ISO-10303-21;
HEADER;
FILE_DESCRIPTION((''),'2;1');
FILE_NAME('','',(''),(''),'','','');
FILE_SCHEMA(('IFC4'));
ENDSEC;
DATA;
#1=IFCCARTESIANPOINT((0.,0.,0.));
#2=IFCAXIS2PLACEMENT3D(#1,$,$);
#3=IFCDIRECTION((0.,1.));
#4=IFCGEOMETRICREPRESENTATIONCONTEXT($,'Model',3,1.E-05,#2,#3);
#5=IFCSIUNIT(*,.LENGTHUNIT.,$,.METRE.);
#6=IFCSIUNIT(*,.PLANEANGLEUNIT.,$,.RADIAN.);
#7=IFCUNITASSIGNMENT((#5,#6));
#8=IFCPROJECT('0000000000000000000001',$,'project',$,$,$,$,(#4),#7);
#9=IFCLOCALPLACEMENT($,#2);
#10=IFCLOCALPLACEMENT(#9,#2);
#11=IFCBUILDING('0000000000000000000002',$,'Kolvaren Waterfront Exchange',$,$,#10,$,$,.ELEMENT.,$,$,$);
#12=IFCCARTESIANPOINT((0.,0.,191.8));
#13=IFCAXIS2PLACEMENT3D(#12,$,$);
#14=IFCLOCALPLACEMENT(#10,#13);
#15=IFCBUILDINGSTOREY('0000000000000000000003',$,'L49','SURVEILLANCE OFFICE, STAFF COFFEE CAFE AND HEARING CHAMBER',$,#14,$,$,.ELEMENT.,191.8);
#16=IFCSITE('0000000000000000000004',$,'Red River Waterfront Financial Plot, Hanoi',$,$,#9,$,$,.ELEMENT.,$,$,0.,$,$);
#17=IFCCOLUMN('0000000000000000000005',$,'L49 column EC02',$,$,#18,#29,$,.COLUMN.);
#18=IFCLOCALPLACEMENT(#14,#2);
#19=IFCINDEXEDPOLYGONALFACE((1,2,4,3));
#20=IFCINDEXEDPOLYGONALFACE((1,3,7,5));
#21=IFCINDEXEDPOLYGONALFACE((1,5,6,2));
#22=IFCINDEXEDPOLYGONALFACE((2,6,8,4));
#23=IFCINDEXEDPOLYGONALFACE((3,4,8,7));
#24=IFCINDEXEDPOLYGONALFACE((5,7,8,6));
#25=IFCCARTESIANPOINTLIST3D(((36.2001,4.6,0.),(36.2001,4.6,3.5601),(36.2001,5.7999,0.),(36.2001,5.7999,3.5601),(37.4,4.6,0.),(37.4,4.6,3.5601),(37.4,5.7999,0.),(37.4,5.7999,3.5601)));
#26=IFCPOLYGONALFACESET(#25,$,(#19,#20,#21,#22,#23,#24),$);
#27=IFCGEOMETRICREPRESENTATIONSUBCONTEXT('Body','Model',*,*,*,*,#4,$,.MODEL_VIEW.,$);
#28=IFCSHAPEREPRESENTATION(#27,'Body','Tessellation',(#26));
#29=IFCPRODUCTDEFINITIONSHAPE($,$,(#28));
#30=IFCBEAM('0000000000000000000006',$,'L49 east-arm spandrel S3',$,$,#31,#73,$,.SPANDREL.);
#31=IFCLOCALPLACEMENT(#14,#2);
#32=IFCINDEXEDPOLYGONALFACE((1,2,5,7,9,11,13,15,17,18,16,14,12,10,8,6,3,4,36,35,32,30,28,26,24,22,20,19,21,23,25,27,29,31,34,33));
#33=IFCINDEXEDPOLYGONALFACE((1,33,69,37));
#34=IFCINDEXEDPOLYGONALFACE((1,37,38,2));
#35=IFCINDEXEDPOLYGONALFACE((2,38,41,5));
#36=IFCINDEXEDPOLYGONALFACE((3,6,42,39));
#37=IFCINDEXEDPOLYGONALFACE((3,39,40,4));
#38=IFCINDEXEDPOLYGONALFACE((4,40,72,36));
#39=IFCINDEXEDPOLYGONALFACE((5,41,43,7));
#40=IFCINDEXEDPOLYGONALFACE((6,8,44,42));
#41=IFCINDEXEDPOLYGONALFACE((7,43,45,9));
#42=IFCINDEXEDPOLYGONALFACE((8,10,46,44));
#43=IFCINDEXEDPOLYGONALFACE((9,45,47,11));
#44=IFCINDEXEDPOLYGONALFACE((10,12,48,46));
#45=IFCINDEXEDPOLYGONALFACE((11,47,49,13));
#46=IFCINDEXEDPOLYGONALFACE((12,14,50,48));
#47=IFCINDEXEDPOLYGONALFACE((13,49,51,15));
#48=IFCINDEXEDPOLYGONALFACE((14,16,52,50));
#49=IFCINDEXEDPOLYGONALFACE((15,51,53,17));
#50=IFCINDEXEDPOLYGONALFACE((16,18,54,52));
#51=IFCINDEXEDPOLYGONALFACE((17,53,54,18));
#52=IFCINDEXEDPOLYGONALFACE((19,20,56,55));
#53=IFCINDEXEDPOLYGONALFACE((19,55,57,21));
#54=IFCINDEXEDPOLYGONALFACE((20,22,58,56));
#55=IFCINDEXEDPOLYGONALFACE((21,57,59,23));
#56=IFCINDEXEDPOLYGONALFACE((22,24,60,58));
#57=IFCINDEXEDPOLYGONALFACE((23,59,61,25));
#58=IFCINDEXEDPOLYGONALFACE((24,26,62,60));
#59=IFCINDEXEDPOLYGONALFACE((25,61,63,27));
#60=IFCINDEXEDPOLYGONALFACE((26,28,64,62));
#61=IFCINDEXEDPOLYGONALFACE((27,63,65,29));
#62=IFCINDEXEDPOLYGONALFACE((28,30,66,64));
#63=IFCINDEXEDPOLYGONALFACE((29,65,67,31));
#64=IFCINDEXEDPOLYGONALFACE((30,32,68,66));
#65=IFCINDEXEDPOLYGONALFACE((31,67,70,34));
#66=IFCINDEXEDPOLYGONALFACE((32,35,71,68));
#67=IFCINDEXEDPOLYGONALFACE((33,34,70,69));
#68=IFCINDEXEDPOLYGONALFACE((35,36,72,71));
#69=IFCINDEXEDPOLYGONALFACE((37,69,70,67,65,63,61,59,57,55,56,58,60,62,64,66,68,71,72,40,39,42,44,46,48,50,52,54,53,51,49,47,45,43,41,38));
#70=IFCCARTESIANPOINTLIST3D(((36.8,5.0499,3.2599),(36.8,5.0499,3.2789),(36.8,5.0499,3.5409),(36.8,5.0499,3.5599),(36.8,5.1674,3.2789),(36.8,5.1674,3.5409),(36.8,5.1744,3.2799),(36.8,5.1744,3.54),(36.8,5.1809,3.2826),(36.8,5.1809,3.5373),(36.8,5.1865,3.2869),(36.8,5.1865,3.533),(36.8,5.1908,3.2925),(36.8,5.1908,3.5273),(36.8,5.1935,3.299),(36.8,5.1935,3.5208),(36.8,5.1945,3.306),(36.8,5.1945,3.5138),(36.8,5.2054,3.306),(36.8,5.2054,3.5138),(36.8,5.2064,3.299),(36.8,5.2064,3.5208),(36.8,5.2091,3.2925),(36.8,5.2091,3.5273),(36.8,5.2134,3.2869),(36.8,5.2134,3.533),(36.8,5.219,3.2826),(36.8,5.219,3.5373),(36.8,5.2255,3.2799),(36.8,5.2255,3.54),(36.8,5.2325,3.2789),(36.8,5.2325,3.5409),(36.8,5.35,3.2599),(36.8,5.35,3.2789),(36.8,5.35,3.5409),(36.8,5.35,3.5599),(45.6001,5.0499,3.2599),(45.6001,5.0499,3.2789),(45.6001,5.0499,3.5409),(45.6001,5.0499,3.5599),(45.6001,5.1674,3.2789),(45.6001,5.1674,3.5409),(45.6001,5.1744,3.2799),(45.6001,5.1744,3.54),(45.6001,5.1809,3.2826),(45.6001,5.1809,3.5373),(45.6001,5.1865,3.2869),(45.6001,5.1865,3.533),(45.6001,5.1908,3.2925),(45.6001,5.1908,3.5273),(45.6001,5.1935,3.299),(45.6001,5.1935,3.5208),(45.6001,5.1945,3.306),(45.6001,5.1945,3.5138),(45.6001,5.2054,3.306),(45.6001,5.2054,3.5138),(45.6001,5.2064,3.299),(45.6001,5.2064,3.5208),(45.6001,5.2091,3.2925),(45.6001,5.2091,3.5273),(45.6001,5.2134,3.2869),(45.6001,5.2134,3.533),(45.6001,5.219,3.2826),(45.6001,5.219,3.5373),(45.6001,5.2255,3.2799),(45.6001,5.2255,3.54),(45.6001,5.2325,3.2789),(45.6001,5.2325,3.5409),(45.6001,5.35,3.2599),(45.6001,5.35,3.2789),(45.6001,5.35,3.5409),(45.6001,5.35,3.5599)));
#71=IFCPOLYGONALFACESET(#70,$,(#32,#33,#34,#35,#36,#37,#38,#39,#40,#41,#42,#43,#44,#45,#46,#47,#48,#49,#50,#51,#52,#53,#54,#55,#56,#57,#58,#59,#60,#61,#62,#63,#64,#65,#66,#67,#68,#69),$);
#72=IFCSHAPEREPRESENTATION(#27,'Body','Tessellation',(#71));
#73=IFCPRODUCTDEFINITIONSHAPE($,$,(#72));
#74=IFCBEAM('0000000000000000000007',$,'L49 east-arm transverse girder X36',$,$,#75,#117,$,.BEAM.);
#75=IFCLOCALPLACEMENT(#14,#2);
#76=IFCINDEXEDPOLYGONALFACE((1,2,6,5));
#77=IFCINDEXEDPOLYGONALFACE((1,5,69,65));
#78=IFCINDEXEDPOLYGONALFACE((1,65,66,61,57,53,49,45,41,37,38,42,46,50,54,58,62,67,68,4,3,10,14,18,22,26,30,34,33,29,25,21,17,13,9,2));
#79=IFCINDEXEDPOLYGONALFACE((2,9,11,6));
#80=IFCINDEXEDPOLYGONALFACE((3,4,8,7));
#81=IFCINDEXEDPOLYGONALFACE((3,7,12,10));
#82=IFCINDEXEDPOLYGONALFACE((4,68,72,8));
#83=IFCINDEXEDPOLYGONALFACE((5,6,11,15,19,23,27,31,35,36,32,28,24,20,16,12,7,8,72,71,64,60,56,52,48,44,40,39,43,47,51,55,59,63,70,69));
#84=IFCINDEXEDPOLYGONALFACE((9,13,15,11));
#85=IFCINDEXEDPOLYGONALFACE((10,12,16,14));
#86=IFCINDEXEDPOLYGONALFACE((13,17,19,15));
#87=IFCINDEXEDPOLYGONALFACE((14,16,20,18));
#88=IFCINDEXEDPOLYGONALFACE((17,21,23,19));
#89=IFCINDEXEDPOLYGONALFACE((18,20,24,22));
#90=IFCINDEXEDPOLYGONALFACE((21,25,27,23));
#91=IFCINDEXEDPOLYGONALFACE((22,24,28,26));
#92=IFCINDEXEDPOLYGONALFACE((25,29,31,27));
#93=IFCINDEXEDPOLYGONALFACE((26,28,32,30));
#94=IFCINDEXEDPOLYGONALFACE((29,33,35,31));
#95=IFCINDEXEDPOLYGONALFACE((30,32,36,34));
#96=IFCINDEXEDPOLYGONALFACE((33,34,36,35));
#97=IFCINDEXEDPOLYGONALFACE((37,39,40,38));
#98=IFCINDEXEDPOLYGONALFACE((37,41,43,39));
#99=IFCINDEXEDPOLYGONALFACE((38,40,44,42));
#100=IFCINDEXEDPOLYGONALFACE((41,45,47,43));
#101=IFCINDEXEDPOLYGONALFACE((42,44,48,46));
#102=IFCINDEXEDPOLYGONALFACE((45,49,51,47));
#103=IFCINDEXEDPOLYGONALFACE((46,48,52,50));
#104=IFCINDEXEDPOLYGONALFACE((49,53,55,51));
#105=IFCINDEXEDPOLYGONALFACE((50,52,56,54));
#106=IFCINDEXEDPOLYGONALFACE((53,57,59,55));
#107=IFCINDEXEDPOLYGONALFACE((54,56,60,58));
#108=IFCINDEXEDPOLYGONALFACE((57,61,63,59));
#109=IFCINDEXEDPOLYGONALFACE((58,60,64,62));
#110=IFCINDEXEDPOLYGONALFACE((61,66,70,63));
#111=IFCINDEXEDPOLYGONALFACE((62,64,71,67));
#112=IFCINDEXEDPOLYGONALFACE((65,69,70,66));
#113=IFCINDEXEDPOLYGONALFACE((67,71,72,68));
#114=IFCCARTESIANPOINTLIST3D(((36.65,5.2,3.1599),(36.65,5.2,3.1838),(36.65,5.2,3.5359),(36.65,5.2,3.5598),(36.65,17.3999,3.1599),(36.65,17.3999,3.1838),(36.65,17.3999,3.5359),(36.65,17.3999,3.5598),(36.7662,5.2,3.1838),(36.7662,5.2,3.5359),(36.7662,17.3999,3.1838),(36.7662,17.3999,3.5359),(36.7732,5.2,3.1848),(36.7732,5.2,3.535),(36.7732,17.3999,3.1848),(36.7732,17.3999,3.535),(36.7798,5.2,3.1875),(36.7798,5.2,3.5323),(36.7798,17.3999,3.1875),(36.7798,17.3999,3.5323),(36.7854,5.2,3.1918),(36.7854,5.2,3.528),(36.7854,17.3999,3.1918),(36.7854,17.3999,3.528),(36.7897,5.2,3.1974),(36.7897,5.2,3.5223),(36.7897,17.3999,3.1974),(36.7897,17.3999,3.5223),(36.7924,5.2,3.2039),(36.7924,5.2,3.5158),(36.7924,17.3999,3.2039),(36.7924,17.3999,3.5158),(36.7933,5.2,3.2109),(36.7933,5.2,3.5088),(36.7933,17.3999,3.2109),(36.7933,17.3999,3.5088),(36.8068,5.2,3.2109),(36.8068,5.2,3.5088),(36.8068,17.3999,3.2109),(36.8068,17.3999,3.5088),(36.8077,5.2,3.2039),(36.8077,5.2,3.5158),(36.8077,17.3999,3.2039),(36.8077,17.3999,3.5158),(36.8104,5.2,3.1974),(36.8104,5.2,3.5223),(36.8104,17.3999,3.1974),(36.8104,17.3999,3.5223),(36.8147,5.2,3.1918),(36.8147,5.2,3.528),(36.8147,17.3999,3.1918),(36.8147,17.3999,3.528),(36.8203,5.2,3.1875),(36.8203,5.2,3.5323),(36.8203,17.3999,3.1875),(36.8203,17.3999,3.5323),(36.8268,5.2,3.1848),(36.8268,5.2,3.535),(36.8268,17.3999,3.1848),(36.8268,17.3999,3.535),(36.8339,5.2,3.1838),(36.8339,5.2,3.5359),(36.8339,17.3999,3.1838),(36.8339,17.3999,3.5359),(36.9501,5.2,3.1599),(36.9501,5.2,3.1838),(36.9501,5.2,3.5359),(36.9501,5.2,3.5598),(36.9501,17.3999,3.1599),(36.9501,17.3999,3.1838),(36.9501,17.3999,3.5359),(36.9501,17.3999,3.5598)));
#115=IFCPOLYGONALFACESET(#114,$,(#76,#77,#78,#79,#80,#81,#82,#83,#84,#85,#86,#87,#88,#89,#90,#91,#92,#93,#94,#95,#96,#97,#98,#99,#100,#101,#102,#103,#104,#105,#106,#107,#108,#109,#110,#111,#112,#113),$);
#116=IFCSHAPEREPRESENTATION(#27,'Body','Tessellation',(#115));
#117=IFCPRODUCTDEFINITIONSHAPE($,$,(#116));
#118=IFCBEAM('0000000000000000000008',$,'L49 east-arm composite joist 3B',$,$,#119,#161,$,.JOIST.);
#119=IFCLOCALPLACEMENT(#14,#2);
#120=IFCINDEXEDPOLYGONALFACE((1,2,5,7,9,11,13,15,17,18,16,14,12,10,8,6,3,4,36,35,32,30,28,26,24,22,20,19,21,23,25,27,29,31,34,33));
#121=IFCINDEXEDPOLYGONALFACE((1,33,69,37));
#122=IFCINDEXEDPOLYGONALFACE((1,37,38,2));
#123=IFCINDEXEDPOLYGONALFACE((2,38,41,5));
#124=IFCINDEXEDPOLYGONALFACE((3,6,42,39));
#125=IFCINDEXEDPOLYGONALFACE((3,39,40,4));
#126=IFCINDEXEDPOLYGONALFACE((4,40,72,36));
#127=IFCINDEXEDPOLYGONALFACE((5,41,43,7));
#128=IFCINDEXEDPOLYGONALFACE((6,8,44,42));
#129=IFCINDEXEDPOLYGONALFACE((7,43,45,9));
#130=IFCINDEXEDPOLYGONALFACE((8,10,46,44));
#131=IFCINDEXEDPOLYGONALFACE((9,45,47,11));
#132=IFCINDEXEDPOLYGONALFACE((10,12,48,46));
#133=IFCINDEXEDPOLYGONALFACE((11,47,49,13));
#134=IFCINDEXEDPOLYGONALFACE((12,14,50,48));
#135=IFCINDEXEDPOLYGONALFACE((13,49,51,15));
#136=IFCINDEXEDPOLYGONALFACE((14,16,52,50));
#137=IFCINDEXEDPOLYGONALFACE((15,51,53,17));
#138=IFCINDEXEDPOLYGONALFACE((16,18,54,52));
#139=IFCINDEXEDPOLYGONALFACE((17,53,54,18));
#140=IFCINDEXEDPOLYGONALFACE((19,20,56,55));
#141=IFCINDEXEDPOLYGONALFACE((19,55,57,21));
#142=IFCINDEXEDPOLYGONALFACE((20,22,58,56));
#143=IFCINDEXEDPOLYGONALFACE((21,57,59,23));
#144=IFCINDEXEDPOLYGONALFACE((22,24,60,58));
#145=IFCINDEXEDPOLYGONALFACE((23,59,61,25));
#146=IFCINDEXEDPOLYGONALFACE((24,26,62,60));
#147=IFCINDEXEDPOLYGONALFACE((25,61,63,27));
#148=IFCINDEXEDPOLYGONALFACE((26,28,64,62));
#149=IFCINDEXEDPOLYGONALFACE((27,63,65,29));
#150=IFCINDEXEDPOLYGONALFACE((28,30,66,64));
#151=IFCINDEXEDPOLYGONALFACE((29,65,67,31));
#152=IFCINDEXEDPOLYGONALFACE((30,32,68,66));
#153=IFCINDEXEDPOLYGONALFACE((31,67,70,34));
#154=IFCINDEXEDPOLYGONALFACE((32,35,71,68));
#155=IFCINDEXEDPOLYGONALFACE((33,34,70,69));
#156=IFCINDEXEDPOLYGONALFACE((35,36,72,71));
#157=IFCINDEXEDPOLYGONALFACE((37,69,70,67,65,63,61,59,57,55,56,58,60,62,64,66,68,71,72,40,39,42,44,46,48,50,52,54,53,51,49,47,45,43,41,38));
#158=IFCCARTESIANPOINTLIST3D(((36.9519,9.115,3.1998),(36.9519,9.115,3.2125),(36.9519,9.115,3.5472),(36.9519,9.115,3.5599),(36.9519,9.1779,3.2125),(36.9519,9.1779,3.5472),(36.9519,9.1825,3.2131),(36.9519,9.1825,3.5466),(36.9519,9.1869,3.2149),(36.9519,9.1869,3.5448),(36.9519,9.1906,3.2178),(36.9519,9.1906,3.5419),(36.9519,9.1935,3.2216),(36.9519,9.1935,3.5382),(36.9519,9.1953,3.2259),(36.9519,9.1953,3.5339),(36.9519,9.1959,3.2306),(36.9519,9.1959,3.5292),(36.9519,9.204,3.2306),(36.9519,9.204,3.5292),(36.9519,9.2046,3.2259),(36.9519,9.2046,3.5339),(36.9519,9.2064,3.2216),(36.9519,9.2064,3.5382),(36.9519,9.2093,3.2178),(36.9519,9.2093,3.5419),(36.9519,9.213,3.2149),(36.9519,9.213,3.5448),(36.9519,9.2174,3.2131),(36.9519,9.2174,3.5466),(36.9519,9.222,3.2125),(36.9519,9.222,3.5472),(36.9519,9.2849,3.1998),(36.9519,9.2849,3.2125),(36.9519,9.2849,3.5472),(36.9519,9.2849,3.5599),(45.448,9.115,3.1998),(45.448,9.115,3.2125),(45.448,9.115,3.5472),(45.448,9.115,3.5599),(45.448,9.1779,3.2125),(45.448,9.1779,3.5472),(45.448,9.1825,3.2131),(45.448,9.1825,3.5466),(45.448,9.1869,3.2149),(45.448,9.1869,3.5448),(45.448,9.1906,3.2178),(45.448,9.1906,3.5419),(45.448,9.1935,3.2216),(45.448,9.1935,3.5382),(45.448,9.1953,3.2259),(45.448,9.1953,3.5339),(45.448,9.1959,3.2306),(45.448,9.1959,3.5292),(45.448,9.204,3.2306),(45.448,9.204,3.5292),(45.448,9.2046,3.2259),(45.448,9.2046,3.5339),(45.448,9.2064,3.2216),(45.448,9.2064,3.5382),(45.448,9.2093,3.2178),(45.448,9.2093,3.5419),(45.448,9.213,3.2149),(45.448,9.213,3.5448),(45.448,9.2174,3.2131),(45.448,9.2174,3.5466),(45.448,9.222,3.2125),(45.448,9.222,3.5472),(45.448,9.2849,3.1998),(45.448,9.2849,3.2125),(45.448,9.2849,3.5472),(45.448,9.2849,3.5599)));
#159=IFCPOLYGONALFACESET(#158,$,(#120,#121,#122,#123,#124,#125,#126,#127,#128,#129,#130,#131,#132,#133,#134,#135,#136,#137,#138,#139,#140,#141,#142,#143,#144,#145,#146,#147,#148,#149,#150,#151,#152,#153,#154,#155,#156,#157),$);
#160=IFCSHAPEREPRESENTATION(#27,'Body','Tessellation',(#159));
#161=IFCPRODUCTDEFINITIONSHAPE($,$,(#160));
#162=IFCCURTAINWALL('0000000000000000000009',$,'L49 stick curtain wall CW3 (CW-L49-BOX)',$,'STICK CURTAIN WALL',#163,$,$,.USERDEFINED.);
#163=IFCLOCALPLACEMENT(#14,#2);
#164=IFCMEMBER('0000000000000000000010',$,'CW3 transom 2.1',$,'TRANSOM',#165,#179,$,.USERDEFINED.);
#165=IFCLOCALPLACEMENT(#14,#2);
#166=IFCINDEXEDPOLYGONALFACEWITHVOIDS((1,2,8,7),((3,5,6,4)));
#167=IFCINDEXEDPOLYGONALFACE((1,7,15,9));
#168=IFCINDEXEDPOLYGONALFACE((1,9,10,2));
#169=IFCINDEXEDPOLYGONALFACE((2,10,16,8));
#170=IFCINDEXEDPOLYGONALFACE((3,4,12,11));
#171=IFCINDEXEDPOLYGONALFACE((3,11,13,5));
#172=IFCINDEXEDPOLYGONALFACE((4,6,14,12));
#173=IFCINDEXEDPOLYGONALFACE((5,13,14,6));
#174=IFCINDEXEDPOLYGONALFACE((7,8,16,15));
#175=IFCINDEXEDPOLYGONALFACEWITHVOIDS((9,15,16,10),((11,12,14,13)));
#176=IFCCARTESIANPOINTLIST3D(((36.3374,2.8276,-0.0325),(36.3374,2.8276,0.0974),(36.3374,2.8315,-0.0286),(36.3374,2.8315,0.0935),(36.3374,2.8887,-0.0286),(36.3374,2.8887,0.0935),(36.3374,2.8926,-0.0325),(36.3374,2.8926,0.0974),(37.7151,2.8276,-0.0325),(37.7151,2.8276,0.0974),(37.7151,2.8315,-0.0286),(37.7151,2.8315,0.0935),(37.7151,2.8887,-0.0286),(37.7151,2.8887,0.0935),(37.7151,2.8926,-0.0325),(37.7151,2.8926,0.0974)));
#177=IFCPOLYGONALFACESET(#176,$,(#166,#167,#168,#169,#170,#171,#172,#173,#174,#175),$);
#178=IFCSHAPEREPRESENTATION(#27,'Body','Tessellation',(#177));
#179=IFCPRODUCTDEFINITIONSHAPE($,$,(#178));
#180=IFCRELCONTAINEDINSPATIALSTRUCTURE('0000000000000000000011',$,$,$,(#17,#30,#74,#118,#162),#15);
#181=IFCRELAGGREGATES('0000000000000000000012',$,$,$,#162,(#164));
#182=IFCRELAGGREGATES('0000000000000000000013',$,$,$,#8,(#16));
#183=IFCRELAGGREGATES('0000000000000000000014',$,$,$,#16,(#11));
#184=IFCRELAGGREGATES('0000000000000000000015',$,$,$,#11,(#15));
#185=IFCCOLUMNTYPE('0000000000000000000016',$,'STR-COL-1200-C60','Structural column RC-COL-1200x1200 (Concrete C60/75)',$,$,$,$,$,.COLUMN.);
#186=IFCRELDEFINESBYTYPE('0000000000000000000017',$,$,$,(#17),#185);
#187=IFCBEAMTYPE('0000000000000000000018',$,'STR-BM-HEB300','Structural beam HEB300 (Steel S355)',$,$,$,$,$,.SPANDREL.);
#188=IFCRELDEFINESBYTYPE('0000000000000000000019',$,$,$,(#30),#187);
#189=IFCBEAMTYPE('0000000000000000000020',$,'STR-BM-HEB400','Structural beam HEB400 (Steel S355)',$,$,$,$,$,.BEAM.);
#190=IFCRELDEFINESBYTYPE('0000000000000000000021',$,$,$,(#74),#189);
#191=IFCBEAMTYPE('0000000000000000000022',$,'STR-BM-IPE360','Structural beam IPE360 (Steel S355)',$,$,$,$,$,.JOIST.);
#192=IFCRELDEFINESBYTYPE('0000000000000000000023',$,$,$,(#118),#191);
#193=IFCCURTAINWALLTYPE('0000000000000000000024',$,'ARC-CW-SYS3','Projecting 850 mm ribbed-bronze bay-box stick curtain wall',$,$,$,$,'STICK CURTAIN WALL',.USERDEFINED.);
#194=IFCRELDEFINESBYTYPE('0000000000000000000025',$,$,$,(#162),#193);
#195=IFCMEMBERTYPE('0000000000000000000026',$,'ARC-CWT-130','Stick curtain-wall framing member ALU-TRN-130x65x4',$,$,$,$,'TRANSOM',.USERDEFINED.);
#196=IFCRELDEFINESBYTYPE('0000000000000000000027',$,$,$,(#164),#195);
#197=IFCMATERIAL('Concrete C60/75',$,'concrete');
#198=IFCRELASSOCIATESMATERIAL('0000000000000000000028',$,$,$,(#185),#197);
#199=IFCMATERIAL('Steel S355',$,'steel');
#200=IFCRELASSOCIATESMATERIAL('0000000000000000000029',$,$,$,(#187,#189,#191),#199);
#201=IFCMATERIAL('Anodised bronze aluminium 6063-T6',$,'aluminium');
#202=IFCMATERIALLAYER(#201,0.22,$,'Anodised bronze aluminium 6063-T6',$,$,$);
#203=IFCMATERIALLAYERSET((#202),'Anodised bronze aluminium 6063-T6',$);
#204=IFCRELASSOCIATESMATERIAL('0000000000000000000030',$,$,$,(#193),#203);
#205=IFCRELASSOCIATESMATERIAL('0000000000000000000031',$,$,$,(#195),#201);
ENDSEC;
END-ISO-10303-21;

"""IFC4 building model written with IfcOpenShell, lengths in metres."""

from ifc_helpers import new_model, si_unit, direction, frame, origin, origin_with_axes, origin_2d, place, context, subcontext, project, spatial, rectangle, hollow_rectangle, i_section, extrude, source, transform, mapped, material, layer, layer_set, material_profile, profile_set, type_object, element, aggregate, save


model = new_model("IFC4")

# Units and contexts
model_context = context("Model", 3, precision=1e-05, world=origin(), true_north=direction((0.0, 1.0)))
body_context = subcontext(model_context, "Body", "Model", "MODEL_VIEW")
ifc_project = project(units=[si_unit("LENGTHUNIT", "METRE"), si_unit("PLANEANGLEUNIT", "RADIAN")], contexts=[model_context])

# Site, building, storey
site_placement = place(None, origin())
site = spatial("IfcSite", under=ifc_project, at=site_placement, Name="Red River Waterfront Financial Plot, Hanoi", CompositionType="ELEMENT", RefElevation=0.0)
building_placement = place(site_placement, origin())
building = spatial("IfcBuilding", under=site, at=building_placement, Name="Kolvaren Waterfront Exchange", CompositionType="ELEMENT")
storey_placement = place(building_placement, frame((0.0, 0.0, 191.8)))
storey = spatial("IfcBuildingStorey", under=building, at=storey_placement, Name="L49", Description="SURVEILLANCE OFFICE, STAFF COFFEE CAFE AND HEARING CHAMBER", CompositionType="ELEMENT", Elevation=191.8)

# Column
ifc_material_1 = material(Name="Concrete C60/75", Category="concrete")
ifc_material_profile_1 = material_profile(ifc_material_1, rectangle(XDim=1.2, YDim=1.2, at=origin_2d()), Name="RC-COL-1200x1200")
ifc_profile_set_1 = profile_set([ifc_material_profile_1], Name="Concrete C60/75")
column_type = type_object("IfcColumnType", Name="STR-COL-1200-C60", Description="Structural column RC-COL-1200x1200 (Concrete C60/75)", PredefinedType="COLUMN", material=ifc_profile_set_1)
column_placement = place(storey_placement, frame((36.8, 5.2, 0.0), z_axis=(0.0, 0.0, 1.0), x_axis=(1.0, 0.0, 0.0)))
element("IfcColumn", 1, at=column_placement, inside=storey, type_object=column_type, Name="L49 column EC02", PredefinedType="COLUMN", context=body_context, shape_type="SweptSolid", body=[
    extrude(rectangle(XDim=1.2, YDim=1.2, at=origin_2d()), origin(), (0.0, 0.0, 1.0), 3.5601),
])

# Beams
ifc_material_2 = material(Name="Steel S355", Category="steel")
ifc_material_profile_2 = material_profile(ifc_material_2, i_section(OverallWidth=0.3, OverallDepth=0.3, WebThickness=0.011, FlangeThickness=0.019, FilletRadius=0.0271, at=origin_2d()), Name="HEB300")
ifc_profile_set_2 = profile_set([ifc_material_profile_2], Name="Steel S355")
beam_type_1 = type_object("IfcBeamType", Name="STR-BM-HEB300", Description="Structural beam HEB300 (Steel S355)", PredefinedType="SPANDREL", material=ifc_profile_set_2)
beam_1_placement = place(storey_placement, frame((36.8, 5.2, 3.4099), z_axis=(1.0, 0.0, 0.0), x_axis=(0.0, 1.0, 0.0)))
element("IfcBeam", 2, at=beam_1_placement, inside=storey, type_object=beam_type_1, Name="L49 east-arm spandrel S3", PredefinedType="SPANDREL", context=body_context, shape_type="SweptSolid", body=[
    extrude(i_section(OverallWidth=0.3, OverallDepth=0.3, WebThickness=0.011, FlangeThickness=0.019, FilletRadius=0.0271, at=origin_2d()), origin(), (0.0, 0.0, 1.0), 8.8),
])
ifc_material_profile_3 = material_profile(ifc_material_2, i_section(OverallWidth=0.3, OverallDepth=0.3999, WebThickness=0.0134, FlangeThickness=0.0239, FilletRadius=0.0271, at=origin_2d()), Name="HEB400")
ifc_profile_set_3 = profile_set([ifc_material_profile_3], Name="Steel S355")
beam_type_2 = type_object("IfcBeamType", Name="STR-BM-HEB400", Description="Structural beam HEB400 (Steel S355)", PredefinedType="BEAM", material=ifc_profile_set_3)
beam_2_placement = place(storey_placement, frame((36.8, 5.2, 3.3599), z_axis=(0.0, 1.0, 0.0), x_axis=(-1.0, 0.0, 0.0)))
element("IfcBeam", 3, at=beam_2_placement, inside=storey, type_object=beam_type_2, Name="L49 east-arm transverse girder X36", PredefinedType="BEAM", context=body_context, shape_type="SweptSolid", body=[
    extrude(i_section(OverallWidth=0.3, OverallDepth=0.3999, WebThickness=0.0134, FlangeThickness=0.0239, FilletRadius=0.0271, at=origin_2d()), origin(), (0.0, 0.0, 1.0), 12.2),
])
ifc_material_profile_4 = material_profile(ifc_material_2, i_section(OverallWidth=0.1699, OverallDepth=0.3601, WebThickness=0.0081, FlangeThickness=0.0127, FilletRadius=0.0181, at=origin_2d()), Name="IPE360")
ifc_profile_set_4 = profile_set([ifc_material_profile_4], Name="Steel S355")
beam_type_3 = type_object("IfcBeamType", Name="STR-BM-IPE360", Description="Structural beam IPE360 (Steel S355)", PredefinedType="JOIST", material=ifc_profile_set_4)
beam_3_placement = place(storey_placement, frame((36.9519, 9.2, 3.3799), z_axis=(1.0, 0.0, 0.0), x_axis=(0.0, 1.0, 0.0)))
element("IfcBeam", 4, at=beam_3_placement, inside=storey, type_object=beam_type_3, Name="L49 east-arm composite joist 3B", PredefinedType="JOIST", context=body_context, shape_type="SweptSolid", body=[
    extrude(i_section(OverallWidth=0.1699, OverallDepth=0.3601, WebThickness=0.0081, FlangeThickness=0.0127, FilletRadius=0.0181, at=origin_2d()), origin(), (0.0, 0.0, 1.0), 8.4961),
])

# Curtain wall, member
ifc_material_3 = material(Name="Anodised bronze aluminium 6063-T6", Category="aluminium")
ifc_layer_1 = layer(ifc_material_3, 0.22, Name="Anodised bronze aluminium 6063-T6")
ifc_layer_set_1 = layer_set([ifc_layer_1], Name="Anodised bronze aluminium 6063-T6")
curtain_wall_type_1 = type_object("IfcCurtainWallType", Name="ARC-CW-SYS3", Description="Projecting 850 mm ribbed-bronze bay-box stick curtain wall", ElementType="STICK CURTAIN WALL", PredefinedType="USERDEFINED", material=ifc_layer_set_1)
curtain_wall_1_placement = place(storey_placement, origin())
curtain_wall_1 = element("IfcCurtainWall", 5, at=curtain_wall_1_placement, inside=storey, type_object=curtain_wall_type_1, Name="L49 stick curtain wall CW3 (CW-L49-BOX)", ObjectType="STICK CURTAIN WALL", PredefinedType="USERDEFINED")
ifc_material_profile_5 = material_profile(ifc_material_3, hollow_rectangle(XDim=0.0649, YDim=0.1299, WallThickness=0.0039, at=origin_2d()), Name="ALU-TRN-130x65x4")
ifc_profile_set_5 = profile_set([ifc_material_profile_5], Name="Anodised bronze aluminium 6063-T6")
member_type_1 = type_object("IfcMemberType", Name="ARC-CWT-130", Description="Stick curtain-wall framing member ALU-TRN-130x65x4", ElementType="TRANSOM", PredefinedType="USERDEFINED", material=ifc_profile_set_5)
shared_shape_1 = source(origin_with_axes(), body_context, "Body", "SweptSolid", [
    extrude(hollow_rectangle(XDim=0.0649, YDim=0.1299, WallThickness=0.0039, at=origin_2d()), origin(), (0.0, 0.0, 1.0), 1.3777),
])
member_1_placement = place(storey_placement, frame((36.3374, 2.8601, 0.0325), z_axis=(1.0, 0.0, 0.0), x_axis=(0.0, 1.0, 0.0)))
member_1 = element("IfcMember", 6, at=member_1_placement, type_object=member_type_1, Name="CW3 transom 2.1", ObjectType="TRANSOM", PredefinedType="USERDEFINED", context=body_context, shape_type="MappedRepresentation", body=[
    mapped(shared_shape_1, transform((0.0, 0.0, 0.0), x_axis=(1.0, 0.0, 0.0), y_axis=(0.0, 1.0, 0.0), z_axis=(0.0, 0.0, 1.0), scale=1.0)),
])

aggregate(curtain_wall_1, [member_1])

save(model, "model.ifc")
